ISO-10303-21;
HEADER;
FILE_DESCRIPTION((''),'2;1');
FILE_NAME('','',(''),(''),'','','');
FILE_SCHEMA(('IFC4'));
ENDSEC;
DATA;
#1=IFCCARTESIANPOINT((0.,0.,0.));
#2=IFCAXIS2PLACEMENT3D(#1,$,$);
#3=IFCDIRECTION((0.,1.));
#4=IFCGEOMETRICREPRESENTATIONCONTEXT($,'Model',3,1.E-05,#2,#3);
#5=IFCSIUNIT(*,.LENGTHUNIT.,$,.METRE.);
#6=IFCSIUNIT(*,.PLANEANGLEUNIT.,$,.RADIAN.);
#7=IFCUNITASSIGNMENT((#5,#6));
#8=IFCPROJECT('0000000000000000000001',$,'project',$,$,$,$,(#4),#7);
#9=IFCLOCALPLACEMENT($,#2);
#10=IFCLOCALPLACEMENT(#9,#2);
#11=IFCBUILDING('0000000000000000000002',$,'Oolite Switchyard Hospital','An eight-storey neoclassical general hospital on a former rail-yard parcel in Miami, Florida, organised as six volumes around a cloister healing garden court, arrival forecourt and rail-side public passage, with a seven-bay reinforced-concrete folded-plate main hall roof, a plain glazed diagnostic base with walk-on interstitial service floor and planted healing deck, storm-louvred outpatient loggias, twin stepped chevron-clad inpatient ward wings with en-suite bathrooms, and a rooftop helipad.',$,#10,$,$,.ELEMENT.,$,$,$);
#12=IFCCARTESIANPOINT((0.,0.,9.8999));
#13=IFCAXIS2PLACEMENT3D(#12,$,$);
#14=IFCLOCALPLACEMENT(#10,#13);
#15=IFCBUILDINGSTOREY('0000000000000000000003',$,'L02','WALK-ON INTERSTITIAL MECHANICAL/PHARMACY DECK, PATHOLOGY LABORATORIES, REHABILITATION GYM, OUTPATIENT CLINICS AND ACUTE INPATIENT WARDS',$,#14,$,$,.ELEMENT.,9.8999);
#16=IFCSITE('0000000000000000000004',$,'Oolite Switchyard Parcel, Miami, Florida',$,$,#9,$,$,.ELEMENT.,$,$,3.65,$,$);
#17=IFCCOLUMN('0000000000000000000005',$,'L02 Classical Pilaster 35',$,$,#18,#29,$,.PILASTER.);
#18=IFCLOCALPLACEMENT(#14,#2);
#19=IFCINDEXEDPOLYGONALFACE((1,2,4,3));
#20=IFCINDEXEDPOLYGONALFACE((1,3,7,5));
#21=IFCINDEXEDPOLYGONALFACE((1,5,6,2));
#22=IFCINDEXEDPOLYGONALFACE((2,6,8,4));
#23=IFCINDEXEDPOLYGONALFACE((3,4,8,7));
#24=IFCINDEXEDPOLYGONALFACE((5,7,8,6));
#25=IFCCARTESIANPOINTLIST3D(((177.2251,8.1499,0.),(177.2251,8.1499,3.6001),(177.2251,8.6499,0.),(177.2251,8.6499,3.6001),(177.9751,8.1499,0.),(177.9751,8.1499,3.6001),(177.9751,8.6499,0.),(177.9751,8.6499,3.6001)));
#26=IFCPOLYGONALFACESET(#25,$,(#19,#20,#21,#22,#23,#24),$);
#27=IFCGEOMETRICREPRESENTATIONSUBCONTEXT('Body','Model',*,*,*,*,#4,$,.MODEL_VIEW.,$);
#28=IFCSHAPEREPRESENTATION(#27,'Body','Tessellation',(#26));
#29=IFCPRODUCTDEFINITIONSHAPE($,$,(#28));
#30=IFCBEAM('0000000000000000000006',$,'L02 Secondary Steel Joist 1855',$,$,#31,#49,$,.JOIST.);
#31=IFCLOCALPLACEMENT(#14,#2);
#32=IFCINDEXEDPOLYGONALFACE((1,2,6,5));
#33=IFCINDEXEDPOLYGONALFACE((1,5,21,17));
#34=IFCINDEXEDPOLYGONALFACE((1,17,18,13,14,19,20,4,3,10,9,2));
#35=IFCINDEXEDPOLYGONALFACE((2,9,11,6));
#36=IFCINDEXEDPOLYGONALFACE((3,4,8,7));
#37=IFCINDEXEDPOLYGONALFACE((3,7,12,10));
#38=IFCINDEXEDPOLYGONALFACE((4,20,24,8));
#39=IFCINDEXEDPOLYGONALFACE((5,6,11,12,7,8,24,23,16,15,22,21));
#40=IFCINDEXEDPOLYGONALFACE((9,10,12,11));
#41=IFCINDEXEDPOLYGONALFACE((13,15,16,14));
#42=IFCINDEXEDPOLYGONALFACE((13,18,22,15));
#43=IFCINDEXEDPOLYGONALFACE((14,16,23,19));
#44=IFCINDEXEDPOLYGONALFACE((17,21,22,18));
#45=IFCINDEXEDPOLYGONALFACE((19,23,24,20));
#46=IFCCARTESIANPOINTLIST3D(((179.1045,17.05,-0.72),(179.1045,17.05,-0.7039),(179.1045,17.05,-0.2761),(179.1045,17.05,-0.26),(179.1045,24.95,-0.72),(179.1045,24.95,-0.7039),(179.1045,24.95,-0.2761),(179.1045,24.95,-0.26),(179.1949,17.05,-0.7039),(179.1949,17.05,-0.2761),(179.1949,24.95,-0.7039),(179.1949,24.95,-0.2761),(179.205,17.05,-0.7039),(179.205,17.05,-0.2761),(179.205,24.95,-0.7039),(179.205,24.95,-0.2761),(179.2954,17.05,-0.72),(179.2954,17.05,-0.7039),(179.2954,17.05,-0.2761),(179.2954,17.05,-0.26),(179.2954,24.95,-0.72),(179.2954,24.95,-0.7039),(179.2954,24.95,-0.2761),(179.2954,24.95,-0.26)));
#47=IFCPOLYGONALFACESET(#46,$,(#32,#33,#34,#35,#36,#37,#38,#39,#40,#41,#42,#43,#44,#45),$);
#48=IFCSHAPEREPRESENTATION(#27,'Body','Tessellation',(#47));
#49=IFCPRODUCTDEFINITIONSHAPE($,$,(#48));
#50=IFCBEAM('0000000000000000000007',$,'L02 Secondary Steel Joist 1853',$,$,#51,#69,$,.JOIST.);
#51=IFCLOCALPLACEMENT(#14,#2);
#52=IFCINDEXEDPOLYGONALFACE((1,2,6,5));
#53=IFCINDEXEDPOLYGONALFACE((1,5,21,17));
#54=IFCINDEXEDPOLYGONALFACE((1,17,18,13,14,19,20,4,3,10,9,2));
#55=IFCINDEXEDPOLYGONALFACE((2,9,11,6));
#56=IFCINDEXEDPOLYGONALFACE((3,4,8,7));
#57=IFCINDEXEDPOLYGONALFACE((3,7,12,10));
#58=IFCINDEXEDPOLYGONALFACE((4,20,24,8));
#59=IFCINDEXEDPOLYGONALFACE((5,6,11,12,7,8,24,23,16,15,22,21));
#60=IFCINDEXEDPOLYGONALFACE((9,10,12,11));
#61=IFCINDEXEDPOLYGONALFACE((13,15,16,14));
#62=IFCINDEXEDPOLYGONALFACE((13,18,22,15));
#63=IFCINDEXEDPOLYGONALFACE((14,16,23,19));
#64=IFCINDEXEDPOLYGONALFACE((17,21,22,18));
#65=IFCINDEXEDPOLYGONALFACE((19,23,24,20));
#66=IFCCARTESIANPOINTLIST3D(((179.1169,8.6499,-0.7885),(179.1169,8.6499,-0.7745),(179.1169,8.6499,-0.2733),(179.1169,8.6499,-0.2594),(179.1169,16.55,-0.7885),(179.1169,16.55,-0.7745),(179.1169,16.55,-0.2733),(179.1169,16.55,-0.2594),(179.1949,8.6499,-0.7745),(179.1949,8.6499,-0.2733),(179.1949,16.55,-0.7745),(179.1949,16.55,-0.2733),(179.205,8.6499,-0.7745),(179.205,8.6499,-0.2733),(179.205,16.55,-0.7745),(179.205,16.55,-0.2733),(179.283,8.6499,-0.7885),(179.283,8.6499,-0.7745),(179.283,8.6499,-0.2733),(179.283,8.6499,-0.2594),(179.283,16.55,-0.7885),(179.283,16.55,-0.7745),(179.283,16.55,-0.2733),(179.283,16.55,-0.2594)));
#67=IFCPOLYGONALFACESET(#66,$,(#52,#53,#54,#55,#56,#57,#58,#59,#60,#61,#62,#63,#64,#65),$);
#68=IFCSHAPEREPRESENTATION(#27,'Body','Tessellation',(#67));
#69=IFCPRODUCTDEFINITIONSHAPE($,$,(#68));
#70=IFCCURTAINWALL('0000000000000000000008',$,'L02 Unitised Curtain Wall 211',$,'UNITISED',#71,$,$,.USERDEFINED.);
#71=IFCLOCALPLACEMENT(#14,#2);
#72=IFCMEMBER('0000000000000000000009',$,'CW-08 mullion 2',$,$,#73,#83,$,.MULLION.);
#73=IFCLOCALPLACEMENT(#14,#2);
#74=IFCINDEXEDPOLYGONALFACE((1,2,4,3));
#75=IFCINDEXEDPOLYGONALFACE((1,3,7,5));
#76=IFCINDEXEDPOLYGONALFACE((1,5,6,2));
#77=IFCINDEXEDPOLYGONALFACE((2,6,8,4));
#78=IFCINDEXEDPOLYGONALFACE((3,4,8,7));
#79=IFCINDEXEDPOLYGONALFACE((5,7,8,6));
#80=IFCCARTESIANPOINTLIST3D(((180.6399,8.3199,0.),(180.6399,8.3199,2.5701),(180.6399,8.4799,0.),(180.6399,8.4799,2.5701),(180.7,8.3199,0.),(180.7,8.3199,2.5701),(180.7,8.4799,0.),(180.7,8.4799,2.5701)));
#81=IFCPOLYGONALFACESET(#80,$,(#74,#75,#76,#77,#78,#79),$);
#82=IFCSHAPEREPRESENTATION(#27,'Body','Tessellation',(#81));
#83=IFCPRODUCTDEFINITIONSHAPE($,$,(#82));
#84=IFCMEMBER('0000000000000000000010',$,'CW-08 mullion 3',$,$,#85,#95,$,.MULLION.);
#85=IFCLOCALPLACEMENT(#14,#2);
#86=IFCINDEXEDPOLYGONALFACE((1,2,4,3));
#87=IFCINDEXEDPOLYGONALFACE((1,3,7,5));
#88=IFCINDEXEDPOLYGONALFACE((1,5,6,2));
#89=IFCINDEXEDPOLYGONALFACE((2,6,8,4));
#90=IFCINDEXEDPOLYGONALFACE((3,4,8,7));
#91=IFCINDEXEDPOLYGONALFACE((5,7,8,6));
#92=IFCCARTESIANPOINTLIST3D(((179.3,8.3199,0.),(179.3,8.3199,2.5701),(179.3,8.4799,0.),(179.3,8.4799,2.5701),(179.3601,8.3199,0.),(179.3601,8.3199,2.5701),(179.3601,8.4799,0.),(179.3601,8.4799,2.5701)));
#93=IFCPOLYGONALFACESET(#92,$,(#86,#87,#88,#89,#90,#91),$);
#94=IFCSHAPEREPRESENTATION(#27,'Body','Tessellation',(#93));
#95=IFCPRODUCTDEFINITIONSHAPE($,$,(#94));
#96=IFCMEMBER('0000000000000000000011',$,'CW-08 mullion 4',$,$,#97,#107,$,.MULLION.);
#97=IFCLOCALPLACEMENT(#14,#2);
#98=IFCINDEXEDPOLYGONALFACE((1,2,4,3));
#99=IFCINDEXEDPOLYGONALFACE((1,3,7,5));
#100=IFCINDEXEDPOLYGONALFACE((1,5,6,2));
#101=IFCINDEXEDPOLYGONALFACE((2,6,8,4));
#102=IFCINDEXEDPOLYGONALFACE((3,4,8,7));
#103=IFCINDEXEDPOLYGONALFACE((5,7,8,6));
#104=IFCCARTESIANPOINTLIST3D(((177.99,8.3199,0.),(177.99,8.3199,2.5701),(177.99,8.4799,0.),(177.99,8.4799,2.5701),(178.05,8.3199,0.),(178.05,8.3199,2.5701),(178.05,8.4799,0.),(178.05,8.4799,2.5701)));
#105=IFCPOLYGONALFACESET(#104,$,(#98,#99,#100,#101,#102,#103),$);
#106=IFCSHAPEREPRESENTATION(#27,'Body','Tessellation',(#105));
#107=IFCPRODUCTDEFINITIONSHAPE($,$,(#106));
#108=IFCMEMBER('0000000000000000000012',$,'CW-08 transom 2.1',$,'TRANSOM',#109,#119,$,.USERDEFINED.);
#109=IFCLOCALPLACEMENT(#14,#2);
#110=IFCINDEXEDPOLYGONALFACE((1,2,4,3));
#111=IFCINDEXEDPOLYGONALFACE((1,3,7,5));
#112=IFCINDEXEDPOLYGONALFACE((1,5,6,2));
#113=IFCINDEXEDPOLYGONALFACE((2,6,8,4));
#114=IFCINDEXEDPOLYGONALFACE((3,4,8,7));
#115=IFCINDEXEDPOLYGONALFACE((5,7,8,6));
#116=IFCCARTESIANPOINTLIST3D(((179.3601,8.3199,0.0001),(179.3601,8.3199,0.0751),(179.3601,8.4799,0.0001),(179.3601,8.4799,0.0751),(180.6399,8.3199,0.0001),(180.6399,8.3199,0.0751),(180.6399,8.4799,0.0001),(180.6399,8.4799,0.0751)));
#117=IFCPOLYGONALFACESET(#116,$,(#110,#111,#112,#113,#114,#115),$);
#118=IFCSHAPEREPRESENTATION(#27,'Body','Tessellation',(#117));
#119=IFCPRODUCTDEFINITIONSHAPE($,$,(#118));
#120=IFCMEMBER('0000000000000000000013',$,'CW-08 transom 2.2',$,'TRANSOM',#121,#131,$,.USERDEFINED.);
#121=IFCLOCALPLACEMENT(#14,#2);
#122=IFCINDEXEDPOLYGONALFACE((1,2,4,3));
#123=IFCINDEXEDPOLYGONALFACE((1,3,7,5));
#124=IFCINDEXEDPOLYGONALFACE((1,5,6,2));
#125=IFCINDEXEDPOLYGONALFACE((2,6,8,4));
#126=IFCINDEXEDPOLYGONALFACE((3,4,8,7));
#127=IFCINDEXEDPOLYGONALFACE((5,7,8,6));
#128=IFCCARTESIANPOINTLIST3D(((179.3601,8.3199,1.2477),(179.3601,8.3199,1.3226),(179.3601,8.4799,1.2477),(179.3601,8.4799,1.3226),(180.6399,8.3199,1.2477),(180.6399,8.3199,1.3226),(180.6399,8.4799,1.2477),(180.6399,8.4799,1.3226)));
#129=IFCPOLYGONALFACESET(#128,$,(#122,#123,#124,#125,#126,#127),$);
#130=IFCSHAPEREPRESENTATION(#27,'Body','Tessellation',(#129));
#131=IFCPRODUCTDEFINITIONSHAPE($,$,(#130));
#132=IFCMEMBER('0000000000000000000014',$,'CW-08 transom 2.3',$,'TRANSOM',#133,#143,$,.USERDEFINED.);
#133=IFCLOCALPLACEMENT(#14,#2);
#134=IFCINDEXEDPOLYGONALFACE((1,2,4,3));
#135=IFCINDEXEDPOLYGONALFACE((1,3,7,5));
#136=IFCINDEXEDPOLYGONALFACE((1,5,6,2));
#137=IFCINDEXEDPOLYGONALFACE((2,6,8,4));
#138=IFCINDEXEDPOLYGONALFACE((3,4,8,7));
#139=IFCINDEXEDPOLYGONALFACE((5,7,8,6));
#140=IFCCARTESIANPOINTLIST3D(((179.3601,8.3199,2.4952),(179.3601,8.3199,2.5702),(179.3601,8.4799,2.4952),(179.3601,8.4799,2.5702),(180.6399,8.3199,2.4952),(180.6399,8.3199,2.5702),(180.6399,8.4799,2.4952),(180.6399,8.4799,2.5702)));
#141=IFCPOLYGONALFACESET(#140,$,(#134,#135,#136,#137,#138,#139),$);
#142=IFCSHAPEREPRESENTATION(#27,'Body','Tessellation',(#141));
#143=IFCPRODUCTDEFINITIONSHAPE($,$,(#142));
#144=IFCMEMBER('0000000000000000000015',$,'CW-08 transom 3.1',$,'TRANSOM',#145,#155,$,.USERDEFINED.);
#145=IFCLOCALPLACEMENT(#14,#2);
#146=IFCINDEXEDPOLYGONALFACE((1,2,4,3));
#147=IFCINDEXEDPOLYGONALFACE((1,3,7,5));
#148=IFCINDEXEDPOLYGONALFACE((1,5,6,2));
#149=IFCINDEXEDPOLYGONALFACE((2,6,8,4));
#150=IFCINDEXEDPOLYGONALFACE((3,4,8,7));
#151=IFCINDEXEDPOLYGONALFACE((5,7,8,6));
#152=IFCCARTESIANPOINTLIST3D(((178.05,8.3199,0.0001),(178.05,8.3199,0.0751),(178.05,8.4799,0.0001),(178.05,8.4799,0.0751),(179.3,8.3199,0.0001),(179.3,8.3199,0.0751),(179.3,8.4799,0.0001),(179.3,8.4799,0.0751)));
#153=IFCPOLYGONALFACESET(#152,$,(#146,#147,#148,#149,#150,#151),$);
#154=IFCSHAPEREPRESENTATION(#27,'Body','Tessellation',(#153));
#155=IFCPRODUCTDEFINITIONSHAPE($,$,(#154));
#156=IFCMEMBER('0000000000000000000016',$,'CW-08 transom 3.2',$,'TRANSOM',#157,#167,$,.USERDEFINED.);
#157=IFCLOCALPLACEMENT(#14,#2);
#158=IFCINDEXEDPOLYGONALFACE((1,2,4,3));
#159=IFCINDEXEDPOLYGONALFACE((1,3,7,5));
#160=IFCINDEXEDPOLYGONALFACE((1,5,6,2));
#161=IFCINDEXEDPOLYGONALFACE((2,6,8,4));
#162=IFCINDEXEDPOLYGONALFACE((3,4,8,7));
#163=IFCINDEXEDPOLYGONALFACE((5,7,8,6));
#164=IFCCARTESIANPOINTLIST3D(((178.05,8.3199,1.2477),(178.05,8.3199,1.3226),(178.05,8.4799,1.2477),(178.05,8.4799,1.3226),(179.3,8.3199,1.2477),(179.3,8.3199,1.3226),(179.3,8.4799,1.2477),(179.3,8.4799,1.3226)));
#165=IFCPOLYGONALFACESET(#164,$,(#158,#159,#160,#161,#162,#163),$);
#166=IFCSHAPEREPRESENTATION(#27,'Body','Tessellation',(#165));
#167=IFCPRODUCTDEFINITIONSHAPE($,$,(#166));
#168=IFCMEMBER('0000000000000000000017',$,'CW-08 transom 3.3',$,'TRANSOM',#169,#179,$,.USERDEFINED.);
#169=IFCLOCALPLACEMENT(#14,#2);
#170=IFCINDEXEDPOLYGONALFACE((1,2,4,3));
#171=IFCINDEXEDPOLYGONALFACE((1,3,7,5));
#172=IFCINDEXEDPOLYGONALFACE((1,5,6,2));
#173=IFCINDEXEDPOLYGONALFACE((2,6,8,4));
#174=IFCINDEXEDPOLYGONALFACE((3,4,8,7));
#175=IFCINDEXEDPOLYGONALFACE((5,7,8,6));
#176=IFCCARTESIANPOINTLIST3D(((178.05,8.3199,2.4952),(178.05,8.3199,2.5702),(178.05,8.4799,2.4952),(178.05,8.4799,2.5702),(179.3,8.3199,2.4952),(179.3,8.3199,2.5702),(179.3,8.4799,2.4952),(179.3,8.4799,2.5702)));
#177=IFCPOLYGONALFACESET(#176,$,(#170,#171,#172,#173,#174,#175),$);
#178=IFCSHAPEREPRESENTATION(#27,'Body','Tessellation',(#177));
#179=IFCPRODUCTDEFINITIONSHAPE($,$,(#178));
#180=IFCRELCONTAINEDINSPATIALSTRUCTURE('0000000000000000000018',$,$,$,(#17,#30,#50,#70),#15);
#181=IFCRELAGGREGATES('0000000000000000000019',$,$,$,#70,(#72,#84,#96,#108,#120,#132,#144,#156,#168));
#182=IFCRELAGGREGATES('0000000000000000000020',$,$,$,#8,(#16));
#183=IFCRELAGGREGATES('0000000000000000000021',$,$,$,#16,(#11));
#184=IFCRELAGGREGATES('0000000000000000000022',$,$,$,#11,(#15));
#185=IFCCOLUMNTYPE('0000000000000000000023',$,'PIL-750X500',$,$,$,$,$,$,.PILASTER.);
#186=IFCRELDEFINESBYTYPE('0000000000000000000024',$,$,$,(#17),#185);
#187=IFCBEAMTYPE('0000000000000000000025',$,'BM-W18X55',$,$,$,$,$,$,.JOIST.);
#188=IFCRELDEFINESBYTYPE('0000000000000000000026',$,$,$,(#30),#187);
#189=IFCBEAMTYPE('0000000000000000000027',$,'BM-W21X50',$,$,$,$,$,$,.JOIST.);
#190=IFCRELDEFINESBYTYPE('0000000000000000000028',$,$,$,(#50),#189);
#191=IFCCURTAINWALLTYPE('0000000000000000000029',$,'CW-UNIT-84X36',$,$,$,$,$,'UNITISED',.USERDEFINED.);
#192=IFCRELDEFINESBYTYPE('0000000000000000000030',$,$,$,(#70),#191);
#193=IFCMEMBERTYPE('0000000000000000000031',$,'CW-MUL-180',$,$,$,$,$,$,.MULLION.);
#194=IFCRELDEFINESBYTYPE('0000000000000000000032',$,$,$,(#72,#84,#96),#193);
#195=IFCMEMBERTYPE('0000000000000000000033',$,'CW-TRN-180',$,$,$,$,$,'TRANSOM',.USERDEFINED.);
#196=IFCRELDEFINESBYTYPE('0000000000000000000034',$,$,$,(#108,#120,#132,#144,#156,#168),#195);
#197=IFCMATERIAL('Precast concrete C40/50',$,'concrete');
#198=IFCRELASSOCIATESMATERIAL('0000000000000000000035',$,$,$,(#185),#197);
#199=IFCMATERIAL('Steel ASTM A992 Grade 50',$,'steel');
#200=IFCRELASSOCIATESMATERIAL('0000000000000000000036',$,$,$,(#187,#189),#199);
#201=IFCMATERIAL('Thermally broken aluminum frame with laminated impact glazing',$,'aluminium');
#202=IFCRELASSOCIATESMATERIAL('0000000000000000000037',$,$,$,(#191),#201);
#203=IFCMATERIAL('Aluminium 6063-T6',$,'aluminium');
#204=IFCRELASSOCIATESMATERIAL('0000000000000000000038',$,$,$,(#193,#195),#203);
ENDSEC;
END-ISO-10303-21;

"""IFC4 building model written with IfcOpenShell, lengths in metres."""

from ifc_helpers import new_model, si_unit, direction, frame, origin, origin_2d, place, context, subcontext, project, spatial, rectangle, i_section, extrude, material, material_profile, profile_set, type_object, element, aggregate, save


model = new_model("IFC4")

# Units and contexts
model_context = context("Model", 3, precision=1e-05, world=origin(), true_north=direction((0.0, 1.0)))
body_context = subcontext(model_context, "Body", "Model", "MODEL_VIEW")
ifc_project = project(units=[si_unit("LENGTHUNIT", "METRE"), si_unit("PLANEANGLEUNIT", "RADIAN")], contexts=[model_context])

# Site, building, storey
site_placement = place(None, origin())
site = spatial("IfcSite", under=ifc_project, at=site_placement, Name="Oolite Switchyard Parcel, Miami, Florida", CompositionType="ELEMENT", RefElevation=3.65)
building_placement = place(site_placement, origin())
building = spatial("IfcBuilding", under=site, at=building_placement, Name="Oolite Switchyard Hospital", Description="An eight-storey neoclassical general hospital on a former rail-yard parcel in Miami, Florida, organised as six volumes around a cloister healing garden court, arrival forecourt and rail-side public passage, with a seven-bay reinforced-concrete folded-plate main hall roof, a plain glazed diagnostic base with walk-on interstitial service floor and planted healing deck, storm-louvred outpatient loggias, twin stepped chevron-clad inpatient ward wings with en-suite bathrooms, and a rooftop helipad.", CompositionType="ELEMENT")
storey_placement = place(building_placement, frame((0.0, 0.0, 9.8999)))
storey = spatial("IfcBuildingStorey", under=building, at=storey_placement, Name="L02", Description="WALK-ON INTERSTITIAL MECHANICAL/PHARMACY DECK, PATHOLOGY LABORATORIES, REHABILITATION GYM, OUTPATIENT CLINICS AND ACUTE INPATIENT WARDS", CompositionType="ELEMENT", Elevation=9.8999)

# Column
ifc_material_1 = material(Name="Precast concrete C40/50", Category="concrete")
ifc_material_profile_1 = material_profile(ifc_material_1, rectangle(XDim=0.75, YDim=0.5, at=origin_2d()), Name="PIL750X500")
ifc_profile_set_1 = profile_set([ifc_material_profile_1], Name="Precast concrete C40/50")
column_type = type_object("IfcColumnType", Name="PIL-750X500", PredefinedType="PILASTER", material=ifc_profile_set_1)
column_placement = place(storey_placement, frame((177.6001, 8.3999, 0.0), z_axis=(0.0, 0.0, 1.0), x_axis=(1.0, 0.0, 0.0)))
element("IfcColumn", 1, at=column_placement, inside=storey, type_object=column_type, Name="L02 Classical Pilaster 35", PredefinedType="PILASTER", context=body_context, shape_type="SweptSolid", body=[
    extrude(rectangle(XDim=0.75, YDim=0.5, at=origin_2d()), origin(), (0.0, 0.0, 1.0), 3.6001),
])

# Beams
ifc_material_2 = material(Name="Steel ASTM A992 Grade 50", Category="steel")
ifc_material_profile_2 = material_profile(ifc_material_2, i_section(OverallWidth=0.1909, OverallDepth=0.46, WebThickness=0.01, FlangeThickness=0.0161, at=origin_2d()), Name="W18X55")
ifc_profile_set_2 = profile_set([ifc_material_profile_2], Name="Steel ASTM A992 Grade 50")
beam_type_1 = type_object("IfcBeamType", Name="BM-W18X55", PredefinedType="JOIST", material=ifc_profile_set_2)
beam_1_placement = place(storey_placement, frame((179.2, 17.05, -0.49), z_axis=(0.0, 1.0, 0.0), x_axis=(-1.0, 0.0, 0.0)))
element("IfcBeam", 2, at=beam_1_placement, inside=storey, type_object=beam_type_1, Name="L02 Secondary Steel Joist 1855", PredefinedType="JOIST", context=body_context, shape_type="SweptSolid", body=[
    extrude(i_section(OverallWidth=0.1909, OverallDepth=0.46, WebThickness=0.01, FlangeThickness=0.0161, at=origin_2d()), origin(), (0.0, 0.0, 1.0), 7.8999),
])
ifc_material_profile_3 = material_profile(ifc_material_2, i_section(OverallWidth=0.166, OverallDepth=0.5291, WebThickness=0.01, FlangeThickness=0.0139, at=origin_2d()), Name="W21X50")
ifc_profile_set_3 = profile_set([ifc_material_profile_3], Name="Steel ASTM A992 Grade 50")
beam_type_2 = type_object("IfcBeamType", Name="BM-W21X50", PredefinedType="JOIST", material=ifc_profile_set_3)
beam_2_placement = place(storey_placement, frame((179.2, 8.6499, -0.5239), z_axis=(0.0, 1.0, 0.0), x_axis=(-1.0, 0.0, 0.0)))
element("IfcBeam", 3, at=beam_2_placement, inside=storey, type_object=beam_type_2, Name="L02 Secondary Steel Joist 1853", PredefinedType="JOIST", context=body_context, shape_type="SweptSolid", body=[
    extrude(i_section(OverallWidth=0.166, OverallDepth=0.5291, WebThickness=0.01, FlangeThickness=0.0139, at=origin_2d()), origin(), (0.0, 0.0, 1.0), 7.9001),
])

# Curtain wall, members
ifc_material_3 = material(Name="Thermally broken aluminum frame with laminated impact glazing", Category="aluminium")
curtain_wall_type = type_object("IfcCurtainWallType", Name="CW-UNIT-84X36", ElementType="UNITISED", PredefinedType="USERDEFINED", material=ifc_material_3)
curtain_wall_placement = place(storey_placement, origin())
curtain_wall = element("IfcCurtainWall", 4, at=curtain_wall_placement, inside=storey, type_object=curtain_wall_type, Name="L02 Unitised Curtain Wall 211", ObjectType="UNITISED", PredefinedType="USERDEFINED")
ifc_material_4 = material(Name="Aluminium 6063-T6", Category="aluminium")
ifc_material_profile_4 = material_profile(ifc_material_4, rectangle(XDim=0.1599, YDim=0.0601, at=origin_2d()), Name="CWM60X160")
ifc_profile_set_4 = profile_set([ifc_material_profile_4], Name="Aluminium 6063-T6")
member_type_1 = type_object("IfcMemberType", Name="CW-MUL-180", PredefinedType="MULLION", material=ifc_profile_set_4)
member_1_placement = place(storey_placement, frame((180.6699, 8.3999, 0.0), z_axis=(0.0, 0.0, 1.0), x_axis=(0.0, -1.0, 0.0)))
member_1 = element("IfcMember", 5, at=member_1_placement, type_object=member_type_1, Name="CW-08 mullion 2", PredefinedType="MULLION", context=body_context, shape_type="SweptSolid", body=[
    extrude(rectangle(XDim=0.1599, YDim=0.0601, at=origin_2d()), origin(), (0.0, 0.0, 1.0), 2.5701),
])
member_2_placement = place(storey_placement, frame((179.3301, 8.3999, 0.0), z_axis=(0.0, 0.0, 1.0), x_axis=(0.0, -1.0, 0.0)))
member_2 = element("IfcMember", 6, at=member_2_placement, type_object=member_type_1, Name="CW-08 mullion 3", PredefinedType="MULLION", context=body_context, shape_type="SweptSolid", body=[
    extrude(rectangle(XDim=0.1599, YDim=0.0601, at=origin_2d()), origin(), (0.0, 0.0, 1.0), 2.5701),
])
member_3_placement = place(storey_placement, frame((178.02, 8.3999, 0.0), z_axis=(0.0, 0.0, 1.0), x_axis=(0.0, -1.0, 0.0)))
member_3 = element("IfcMember", 7, at=member_3_placement, type_object=member_type_1, Name="CW-08 mullion 4", PredefinedType="MULLION", context=body_context, shape_type="SweptSolid", body=[
    extrude(rectangle(XDim=0.1599, YDim=0.0601, at=origin_2d()), origin(), (0.0, 0.0, 1.0), 2.5701),
])
ifc_material_profile_5 = material_profile(ifc_material_4, rectangle(XDim=0.1599, YDim=0.075, at=origin_2d()), Name="CWT75X160")
ifc_profile_set_5 = profile_set([ifc_material_profile_5], Name="Aluminium 6063-T6")
member_type_2 = type_object("IfcMemberType", Name="CW-TRN-180", ElementType="TRANSOM", PredefinedType="USERDEFINED", material=ifc_profile_set_5)
member_4_placement = place(storey_placement, frame((180.6399, 8.3999, 0.0376), z_axis=(-1.0, 0.0, 0.0), x_axis=(0.0, -1.0, 0.0)))
member_4 = element("IfcMember", 8, at=member_4_placement, type_object=member_type_2, Name="CW-08 transom 2.1", ObjectType="TRANSOM", PredefinedType="USERDEFINED", context=body_context, shape_type="SweptSolid", body=[
    extrude(rectangle(XDim=0.1599, YDim=0.075, at=origin_2d()), origin(), (0.0, 0.0, 1.0), 1.2798),
])
member_5_placement = place(storey_placement, frame((180.6399, 8.3999, 1.2852), z_axis=(-1.0, 0.0, 0.0), x_axis=(0.0, -1.0, 0.0)))
member_5 = element("IfcMember", 9, at=member_5_placement, type_object=member_type_2, Name="CW-08 transom 2.2", ObjectType="TRANSOM", PredefinedType="USERDEFINED", context=body_context, shape_type="SweptSolid", body=[
    extrude(rectangle(XDim=0.1599, YDim=0.075, at=origin_2d()), origin(), (0.0, 0.0, 1.0), 1.2798),
])
member_6_placement = place(storey_placement, frame((180.6399, 8.3999, 2.5327), z_axis=(-1.0, 0.0, 0.0), x_axis=(0.0, -1.0, 0.0)))
member_6 = element("IfcMember", 10, at=member_6_placement, type_object=member_type_2, Name="CW-08 transom 2.3", ObjectType="TRANSOM", PredefinedType="USERDEFINED", context=body_context, shape_type="SweptSolid", body=[
    extrude(rectangle(XDim=0.1599, YDim=0.075, at=origin_2d()), origin(), (0.0, 0.0, 1.0), 1.2798),
])
member_7_placement = place(storey_placement, frame((179.3, 8.3999, 0.0376), z_axis=(-1.0, 0.0, 0.0), x_axis=(0.0, -1.0, 0.0)))
member_7 = element("IfcMember", 11, at=member_7_placement, type_object=member_type_2, Name="CW-08 transom 3.1", ObjectType="TRANSOM", PredefinedType="USERDEFINED", context=body_context, shape_type="SweptSolid", body=[
    extrude(rectangle(XDim=0.1599, YDim=0.075, at=origin_2d()), origin(), (0.0, 0.0, 1.0), 1.25),
])
member_8_placement = place(storey_placement, frame((179.3, 8.3999, 1.2852), z_axis=(-1.0, 0.0, 0.0), x_axis=(0.0, -1.0, 0.0)))
member_8 = element("IfcMember", 12, at=member_8_placement, type_object=member_type_2, Name="CW-08 transom 3.2", ObjectType="TRANSOM", PredefinedType="USERDEFINED", context=body_context, shape_type="SweptSolid", body=[
    extrude(rectangle(XDim=0.1599, YDim=0.075, at=origin_2d()), origin(), (0.0, 0.0, 1.0), 1.25),
])
member_9_placement = place(storey_placement, frame((179.3, 8.3999, 2.5327), z_axis=(-1.0, 0.0, 0.0), x_axis=(0.0, -1.0, 0.0)))
member_9 = element("IfcMember", 13, at=member_9_placement, type_object=member_type_2, Name="CW-08 transom 3.3", ObjectType="TRANSOM", PredefinedType="USERDEFINED", context=body_context, shape_type="SweptSolid", body=[
    extrude(rectangle(XDim=0.1599, YDim=0.075, at=origin_2d()), origin(), (0.0, 0.0, 1.0), 1.25),
])
aggregate(curtain_wall, [member_1, member_2, member_3, member_4, member_5, member_6, member_7, member_8, member_9])

save(model, "model.ifc")
